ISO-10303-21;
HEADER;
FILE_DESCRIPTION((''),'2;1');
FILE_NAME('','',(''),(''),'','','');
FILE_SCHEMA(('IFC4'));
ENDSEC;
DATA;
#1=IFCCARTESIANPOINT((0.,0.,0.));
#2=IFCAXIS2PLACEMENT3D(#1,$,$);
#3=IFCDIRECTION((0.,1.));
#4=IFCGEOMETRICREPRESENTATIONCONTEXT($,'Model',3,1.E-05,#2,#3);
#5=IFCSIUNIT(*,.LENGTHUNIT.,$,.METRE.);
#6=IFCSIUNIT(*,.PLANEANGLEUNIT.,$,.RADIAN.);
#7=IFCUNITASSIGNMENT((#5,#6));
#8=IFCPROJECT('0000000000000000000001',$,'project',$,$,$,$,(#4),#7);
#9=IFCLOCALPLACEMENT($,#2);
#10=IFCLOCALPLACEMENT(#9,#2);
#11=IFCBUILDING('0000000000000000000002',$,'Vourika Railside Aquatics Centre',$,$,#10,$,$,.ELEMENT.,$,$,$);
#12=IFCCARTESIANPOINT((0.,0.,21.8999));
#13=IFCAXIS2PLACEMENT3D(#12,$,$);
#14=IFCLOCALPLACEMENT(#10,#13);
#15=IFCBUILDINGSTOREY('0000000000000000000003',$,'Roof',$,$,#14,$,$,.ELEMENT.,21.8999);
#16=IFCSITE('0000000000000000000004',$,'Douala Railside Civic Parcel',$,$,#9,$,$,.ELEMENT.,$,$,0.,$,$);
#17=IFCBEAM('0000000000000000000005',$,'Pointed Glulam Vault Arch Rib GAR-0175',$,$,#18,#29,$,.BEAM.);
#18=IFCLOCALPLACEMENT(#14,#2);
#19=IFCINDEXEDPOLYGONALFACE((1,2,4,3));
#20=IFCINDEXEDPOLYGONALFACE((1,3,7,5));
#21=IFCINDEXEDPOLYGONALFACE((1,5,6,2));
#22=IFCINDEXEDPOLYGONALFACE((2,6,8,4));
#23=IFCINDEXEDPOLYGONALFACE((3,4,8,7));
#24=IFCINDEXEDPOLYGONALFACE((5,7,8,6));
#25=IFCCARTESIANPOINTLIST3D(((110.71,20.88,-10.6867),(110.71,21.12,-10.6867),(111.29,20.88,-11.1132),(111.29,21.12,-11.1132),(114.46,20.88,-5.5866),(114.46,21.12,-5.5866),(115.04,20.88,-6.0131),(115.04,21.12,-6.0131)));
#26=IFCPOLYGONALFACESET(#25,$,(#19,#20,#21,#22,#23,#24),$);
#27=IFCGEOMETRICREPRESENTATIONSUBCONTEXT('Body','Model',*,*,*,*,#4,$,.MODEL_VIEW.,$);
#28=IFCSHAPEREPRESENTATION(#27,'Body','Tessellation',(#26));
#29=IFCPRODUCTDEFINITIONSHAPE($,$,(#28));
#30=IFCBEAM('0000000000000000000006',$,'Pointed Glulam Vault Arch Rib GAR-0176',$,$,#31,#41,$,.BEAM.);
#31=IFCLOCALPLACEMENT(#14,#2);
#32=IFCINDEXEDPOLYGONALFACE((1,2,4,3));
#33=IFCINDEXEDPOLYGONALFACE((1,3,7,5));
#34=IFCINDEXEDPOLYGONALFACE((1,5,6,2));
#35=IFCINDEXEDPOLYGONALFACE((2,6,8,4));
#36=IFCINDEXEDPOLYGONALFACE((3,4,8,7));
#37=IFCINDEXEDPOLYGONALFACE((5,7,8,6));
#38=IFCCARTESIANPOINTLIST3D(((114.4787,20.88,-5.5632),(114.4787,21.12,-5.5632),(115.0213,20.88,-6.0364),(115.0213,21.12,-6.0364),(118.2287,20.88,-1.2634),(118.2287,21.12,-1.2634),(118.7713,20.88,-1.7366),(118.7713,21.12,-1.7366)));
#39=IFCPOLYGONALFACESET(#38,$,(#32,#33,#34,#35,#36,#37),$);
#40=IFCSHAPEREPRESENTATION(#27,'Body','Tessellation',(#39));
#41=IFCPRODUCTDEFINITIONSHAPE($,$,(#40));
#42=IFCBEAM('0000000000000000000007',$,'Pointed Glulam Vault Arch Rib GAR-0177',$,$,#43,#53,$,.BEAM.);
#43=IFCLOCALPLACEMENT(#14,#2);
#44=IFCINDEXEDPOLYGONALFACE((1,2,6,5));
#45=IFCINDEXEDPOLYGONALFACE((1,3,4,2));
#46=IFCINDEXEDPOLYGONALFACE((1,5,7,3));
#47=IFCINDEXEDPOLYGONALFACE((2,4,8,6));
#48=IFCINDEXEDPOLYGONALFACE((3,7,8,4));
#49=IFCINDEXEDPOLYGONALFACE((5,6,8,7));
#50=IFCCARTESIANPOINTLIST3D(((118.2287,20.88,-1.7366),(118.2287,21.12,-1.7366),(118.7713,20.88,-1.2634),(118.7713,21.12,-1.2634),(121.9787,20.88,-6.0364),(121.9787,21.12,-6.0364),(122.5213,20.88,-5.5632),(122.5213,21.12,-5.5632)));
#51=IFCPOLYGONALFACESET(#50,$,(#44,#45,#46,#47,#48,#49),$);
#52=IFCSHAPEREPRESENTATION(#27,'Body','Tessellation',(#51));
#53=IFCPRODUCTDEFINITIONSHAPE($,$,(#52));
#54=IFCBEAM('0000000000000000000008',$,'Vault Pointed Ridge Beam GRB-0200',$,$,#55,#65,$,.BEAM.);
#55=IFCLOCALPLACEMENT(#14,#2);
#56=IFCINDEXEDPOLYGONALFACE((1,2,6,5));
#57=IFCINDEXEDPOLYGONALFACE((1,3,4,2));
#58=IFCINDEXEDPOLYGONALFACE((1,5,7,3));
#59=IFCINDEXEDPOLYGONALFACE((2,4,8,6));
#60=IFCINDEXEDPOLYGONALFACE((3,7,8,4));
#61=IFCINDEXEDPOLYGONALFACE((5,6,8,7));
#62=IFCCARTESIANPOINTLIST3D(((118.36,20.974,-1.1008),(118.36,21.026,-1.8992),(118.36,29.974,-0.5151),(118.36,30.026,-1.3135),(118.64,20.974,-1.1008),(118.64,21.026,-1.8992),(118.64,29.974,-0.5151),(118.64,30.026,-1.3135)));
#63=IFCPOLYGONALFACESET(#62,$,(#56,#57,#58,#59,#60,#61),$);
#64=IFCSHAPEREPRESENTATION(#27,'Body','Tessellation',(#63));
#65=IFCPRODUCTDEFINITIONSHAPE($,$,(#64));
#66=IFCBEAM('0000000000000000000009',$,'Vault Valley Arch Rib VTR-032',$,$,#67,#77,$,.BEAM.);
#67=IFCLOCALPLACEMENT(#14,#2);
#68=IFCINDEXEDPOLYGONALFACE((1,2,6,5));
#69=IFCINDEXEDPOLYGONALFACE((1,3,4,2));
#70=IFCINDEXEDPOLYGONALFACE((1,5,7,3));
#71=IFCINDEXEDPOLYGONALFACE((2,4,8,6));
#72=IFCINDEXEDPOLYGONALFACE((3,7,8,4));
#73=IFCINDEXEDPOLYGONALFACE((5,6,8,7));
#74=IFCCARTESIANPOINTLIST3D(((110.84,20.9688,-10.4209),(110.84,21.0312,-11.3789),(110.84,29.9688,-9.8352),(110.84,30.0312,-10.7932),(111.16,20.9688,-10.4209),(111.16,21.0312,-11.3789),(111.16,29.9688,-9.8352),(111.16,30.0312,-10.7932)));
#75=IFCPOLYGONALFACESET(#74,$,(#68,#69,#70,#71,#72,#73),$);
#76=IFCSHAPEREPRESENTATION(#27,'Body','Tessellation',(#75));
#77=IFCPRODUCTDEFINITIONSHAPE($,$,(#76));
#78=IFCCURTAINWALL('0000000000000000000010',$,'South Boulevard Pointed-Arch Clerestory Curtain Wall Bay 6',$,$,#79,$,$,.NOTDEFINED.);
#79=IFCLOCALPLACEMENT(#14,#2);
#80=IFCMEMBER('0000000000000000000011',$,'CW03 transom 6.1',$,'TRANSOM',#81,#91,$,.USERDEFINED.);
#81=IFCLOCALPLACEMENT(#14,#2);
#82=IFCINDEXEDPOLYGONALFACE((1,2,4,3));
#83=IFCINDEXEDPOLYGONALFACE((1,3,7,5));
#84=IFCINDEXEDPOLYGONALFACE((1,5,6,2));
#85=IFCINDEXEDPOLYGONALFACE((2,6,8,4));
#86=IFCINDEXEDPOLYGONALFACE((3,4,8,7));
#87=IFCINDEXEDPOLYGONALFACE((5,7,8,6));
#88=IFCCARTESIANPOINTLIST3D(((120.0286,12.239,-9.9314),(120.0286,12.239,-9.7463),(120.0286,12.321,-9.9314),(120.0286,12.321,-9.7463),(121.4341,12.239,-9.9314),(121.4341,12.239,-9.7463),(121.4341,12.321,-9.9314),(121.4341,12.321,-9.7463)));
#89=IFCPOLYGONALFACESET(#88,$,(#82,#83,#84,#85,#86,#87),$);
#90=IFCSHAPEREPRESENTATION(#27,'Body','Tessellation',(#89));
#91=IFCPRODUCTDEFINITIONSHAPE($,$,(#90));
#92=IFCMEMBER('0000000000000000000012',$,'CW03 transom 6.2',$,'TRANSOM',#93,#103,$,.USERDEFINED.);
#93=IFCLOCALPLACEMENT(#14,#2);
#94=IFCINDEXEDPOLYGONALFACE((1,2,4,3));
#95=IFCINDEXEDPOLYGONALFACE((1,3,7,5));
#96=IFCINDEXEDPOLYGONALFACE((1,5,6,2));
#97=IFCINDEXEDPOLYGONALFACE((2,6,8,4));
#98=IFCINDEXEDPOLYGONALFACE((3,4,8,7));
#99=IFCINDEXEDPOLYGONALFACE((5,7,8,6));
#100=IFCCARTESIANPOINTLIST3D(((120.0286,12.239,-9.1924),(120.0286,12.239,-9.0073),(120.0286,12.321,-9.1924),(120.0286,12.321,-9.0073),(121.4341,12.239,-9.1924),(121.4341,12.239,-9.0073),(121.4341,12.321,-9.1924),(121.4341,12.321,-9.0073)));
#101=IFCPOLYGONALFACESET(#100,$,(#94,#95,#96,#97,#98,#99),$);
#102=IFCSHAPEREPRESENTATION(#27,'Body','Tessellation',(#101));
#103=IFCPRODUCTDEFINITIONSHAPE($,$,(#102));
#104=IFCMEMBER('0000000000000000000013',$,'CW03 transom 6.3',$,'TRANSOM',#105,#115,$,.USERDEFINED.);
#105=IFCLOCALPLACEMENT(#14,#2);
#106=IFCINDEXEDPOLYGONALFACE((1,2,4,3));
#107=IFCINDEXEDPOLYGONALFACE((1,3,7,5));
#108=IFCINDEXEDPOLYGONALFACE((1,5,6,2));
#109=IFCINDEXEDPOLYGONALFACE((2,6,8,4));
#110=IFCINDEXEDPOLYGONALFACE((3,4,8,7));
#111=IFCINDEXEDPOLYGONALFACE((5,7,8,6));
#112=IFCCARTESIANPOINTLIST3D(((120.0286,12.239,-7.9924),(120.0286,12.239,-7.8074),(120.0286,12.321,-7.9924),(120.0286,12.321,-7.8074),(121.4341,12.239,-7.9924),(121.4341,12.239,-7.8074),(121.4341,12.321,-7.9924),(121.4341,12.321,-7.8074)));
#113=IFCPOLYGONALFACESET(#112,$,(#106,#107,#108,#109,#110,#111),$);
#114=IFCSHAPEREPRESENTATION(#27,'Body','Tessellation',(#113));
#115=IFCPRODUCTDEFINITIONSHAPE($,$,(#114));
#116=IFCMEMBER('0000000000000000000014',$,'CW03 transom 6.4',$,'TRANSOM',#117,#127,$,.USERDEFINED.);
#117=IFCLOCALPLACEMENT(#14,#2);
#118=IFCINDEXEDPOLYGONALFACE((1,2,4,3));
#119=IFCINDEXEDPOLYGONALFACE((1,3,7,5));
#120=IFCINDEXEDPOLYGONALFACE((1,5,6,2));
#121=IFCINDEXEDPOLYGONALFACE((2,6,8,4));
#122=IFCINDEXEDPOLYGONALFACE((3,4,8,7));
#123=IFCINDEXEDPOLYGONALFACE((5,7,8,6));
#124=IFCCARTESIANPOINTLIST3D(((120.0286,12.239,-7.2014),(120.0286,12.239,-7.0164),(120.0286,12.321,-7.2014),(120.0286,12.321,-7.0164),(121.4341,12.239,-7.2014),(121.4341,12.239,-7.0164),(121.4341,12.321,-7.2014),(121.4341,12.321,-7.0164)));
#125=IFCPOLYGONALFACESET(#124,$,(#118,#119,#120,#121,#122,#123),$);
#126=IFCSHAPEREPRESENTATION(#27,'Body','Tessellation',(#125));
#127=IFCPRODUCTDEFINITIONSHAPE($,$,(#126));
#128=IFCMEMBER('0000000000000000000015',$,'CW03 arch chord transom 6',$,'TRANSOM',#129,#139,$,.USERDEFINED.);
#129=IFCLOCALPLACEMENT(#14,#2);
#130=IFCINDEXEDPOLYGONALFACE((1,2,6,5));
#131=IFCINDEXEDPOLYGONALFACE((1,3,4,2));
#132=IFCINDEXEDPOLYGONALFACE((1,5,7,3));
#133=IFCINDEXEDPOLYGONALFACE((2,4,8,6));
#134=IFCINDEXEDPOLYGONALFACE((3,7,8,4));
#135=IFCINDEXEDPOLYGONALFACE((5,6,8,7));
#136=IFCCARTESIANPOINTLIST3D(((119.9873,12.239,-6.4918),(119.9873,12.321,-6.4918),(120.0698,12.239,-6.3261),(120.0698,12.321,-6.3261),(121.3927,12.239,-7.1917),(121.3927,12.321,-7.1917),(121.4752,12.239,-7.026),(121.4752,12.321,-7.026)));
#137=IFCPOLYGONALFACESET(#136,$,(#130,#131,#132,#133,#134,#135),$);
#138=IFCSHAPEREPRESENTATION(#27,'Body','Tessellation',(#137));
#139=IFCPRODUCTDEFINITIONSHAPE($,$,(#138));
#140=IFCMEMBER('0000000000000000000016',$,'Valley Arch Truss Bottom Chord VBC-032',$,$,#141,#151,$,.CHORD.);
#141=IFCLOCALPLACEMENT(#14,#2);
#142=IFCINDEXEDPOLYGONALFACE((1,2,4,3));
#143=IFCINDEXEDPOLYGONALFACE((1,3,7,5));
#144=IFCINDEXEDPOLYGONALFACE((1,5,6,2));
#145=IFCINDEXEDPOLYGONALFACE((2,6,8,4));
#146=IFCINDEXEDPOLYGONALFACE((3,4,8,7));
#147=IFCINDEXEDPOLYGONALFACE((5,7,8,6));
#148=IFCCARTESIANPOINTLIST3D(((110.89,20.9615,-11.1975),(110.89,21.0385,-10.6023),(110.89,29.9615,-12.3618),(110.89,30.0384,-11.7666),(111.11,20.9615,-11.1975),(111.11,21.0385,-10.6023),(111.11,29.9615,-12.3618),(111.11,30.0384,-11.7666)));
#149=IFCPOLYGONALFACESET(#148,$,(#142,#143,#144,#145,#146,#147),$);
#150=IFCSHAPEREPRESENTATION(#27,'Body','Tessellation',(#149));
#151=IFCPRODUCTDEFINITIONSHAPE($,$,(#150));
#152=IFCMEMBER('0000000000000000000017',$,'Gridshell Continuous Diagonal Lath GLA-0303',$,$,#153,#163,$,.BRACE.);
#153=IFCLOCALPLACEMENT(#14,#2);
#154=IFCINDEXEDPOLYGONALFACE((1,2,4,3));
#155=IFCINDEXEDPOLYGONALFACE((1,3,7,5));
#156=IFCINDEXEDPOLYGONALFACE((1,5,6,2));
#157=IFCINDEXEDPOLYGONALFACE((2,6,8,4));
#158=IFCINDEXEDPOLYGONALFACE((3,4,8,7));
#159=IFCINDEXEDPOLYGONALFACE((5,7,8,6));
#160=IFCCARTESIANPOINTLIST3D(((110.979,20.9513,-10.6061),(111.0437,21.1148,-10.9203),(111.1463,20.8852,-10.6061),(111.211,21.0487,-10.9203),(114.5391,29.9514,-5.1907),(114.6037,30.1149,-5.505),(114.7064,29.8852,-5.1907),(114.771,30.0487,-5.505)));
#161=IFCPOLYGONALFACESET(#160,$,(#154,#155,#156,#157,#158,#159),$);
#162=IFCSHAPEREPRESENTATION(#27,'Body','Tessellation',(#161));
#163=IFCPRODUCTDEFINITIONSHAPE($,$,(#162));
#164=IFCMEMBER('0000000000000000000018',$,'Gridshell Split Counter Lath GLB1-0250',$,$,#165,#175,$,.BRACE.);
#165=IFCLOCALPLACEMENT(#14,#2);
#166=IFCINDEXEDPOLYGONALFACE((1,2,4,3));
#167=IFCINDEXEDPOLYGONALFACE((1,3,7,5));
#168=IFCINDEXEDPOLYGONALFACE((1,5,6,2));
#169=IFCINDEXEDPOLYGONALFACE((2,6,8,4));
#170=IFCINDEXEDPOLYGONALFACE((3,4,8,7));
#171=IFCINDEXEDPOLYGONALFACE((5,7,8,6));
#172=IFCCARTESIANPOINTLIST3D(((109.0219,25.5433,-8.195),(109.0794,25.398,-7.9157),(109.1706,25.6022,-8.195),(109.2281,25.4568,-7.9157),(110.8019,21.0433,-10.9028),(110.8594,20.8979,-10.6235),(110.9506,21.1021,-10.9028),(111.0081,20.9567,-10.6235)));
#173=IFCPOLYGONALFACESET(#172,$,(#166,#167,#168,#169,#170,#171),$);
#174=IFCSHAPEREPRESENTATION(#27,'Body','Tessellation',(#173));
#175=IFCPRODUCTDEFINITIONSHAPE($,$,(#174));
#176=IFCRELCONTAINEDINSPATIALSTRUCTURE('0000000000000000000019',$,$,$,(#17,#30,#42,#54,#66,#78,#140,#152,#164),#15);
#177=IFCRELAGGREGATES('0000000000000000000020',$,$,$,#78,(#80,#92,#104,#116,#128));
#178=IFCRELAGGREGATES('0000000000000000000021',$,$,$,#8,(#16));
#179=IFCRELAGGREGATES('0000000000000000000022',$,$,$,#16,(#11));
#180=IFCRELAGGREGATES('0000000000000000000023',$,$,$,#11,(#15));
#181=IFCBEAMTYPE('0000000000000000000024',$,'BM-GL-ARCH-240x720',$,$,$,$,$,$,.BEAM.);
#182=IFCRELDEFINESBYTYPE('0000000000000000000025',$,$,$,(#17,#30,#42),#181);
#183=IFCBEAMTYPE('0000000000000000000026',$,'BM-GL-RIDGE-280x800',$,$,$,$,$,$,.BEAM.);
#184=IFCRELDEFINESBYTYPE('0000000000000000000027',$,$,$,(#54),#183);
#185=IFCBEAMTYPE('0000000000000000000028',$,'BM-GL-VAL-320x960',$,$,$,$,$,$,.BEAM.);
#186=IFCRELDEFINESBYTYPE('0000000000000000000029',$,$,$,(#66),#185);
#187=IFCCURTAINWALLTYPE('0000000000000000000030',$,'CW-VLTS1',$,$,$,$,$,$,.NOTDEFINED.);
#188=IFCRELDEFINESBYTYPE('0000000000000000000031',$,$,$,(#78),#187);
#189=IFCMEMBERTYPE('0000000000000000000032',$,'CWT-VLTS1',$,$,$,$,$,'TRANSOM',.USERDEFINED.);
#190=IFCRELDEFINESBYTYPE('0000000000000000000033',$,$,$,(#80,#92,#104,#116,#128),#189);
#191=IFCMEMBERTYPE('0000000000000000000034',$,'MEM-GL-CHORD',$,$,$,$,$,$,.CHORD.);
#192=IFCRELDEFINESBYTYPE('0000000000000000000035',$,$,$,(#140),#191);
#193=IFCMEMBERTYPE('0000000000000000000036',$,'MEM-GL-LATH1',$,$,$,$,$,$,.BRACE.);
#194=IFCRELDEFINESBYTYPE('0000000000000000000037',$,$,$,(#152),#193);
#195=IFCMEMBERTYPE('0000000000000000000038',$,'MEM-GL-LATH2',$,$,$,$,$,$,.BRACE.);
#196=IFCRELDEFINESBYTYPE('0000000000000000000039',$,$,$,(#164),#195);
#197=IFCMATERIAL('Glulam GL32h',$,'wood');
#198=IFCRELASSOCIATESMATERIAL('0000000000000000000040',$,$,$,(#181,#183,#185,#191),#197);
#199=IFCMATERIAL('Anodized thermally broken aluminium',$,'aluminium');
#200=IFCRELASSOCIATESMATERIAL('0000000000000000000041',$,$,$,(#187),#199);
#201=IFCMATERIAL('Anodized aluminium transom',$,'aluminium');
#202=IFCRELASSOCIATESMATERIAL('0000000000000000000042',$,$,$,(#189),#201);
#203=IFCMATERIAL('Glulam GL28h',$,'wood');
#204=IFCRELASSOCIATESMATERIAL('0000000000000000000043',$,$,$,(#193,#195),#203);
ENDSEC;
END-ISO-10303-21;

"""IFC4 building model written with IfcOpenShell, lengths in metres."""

from ifc_helpers import new_model, si_unit, direction, frame, origin, origin_2d, place, context, subcontext, project, spatial, rectangle, extrude, material, material_profile, profile_set, type_object, element, aggregate, save


model = new_model("IFC4")

# Units and contexts
model_context = context("Model", 3, precision=1e-05, world=origin(), true_north=direction((0.0, 1.0)))
body_context = subcontext(model_context, "Body", "Model", "MODEL_VIEW")
ifc_project = project(units=[si_unit("LENGTHUNIT", "METRE"), si_unit("PLANEANGLEUNIT", "RADIAN")], contexts=[model_context])

# Site, building, storey
site_placement = place(None, origin())
site = spatial("IfcSite", under=ifc_project, at=site_placement, Name="Douala Railside Civic Parcel", CompositionType="ELEMENT", RefElevation=0.0)
building_placement = place(site_placement, origin())
building = spatial("IfcBuilding", under=site, at=building_placement, Name="Vourika Railside Aquatics Centre", CompositionType="ELEMENT")
storey_placement = place(building_placement, frame((0.0, 0.0, 21.8999)))
storey = spatial("IfcBuildingStorey", under=building, at=storey_placement, Name="Roof", CompositionType="ELEMENT", Elevation=21.8999)

# Beams
ifc_material_1 = material(Name="Glulam GL32h", Category="wood")
ifc_material_profile_1 = material_profile(ifc_material_1, rectangle(XDim=0.24, YDim=0.72, at=origin_2d()), Name="GL32h 240x720")
ifc_profile_set_1 = profile_set([ifc_material_profile_1], Name="Glulam GL32h")
beam_type_1 = type_object("IfcBeamType", Name="BM-GL-ARCH-240x720", PredefinedType="BEAM", material=ifc_profile_set_1)
beam_1_placement = place(storey_placement, frame((111.0, 21.0, -10.8999), z_axis=(0.592383, 0.0, 0.805656), x_axis=(0.0, 1.0, 0.0)))
element("IfcBeam", 1, at=beam_1_placement, inside=storey, type_object=beam_type_1, Name="Pointed Glulam Vault Arch Rib GAR-0175", PredefinedType="BEAM", context=body_context, shape_type="SweptSolid", body=[
    extrude(rectangle(XDim=0.24, YDim=0.72, at=origin_2d()), origin(), (0.0, 0.0, 1.0), 6.3303),
])
for number, where, z_axis, x_axis, name in (
    (2, (114.75, 21.0, -5.7998), (0.65728, 0.0, 0.753647), (0.0, 1.0, 0.0), "Pointed Glulam Vault Arch Rib GAR-0176"),
    (3, (118.5, 21.0, -1.5), (0.65728, 0.0, -0.753647), (0.0, 1.0, 0.0), "Pointed Glulam Vault Arch Rib GAR-0177"),
):
    element("IfcBeam", number, at=place(storey_placement, frame(where, z_axis=z_axis, x_axis=x_axis)), inside=storey, type_object=beam_type_1, Name=name, PredefinedType="BEAM", context=body_context, shape_type="SweptSolid", body=[
        extrude(rectangle(XDim=0.24, YDim=0.72, at=origin_2d()), origin(), (0.0, 0.0, 1.0), 5.7053),
    ])
ifc_material_profile_2 = material_profile(ifc_material_1, rectangle(XDim=0.28, YDim=0.8, at=origin_2d()), Name="GL32h 280x800")
ifc_profile_set_2 = profile_set([ifc_material_profile_2], Name="Glulam GL32h")
beam_type_2 = type_object("IfcBeamType", Name="BM-GL-RIDGE-280x800", PredefinedType="BEAM", material=ifc_profile_set_2)
beam_2_placement = place(storey_placement, frame((118.5, 21.0, -1.5), z_axis=(0.0, 0.997889, 0.06494), x_axis=(-1.0, 0.0, 0.0)))
element("IfcBeam", 4, at=beam_2_placement, inside=storey, type_object=beam_type_2, Name="Vault Pointed Ridge Beam GRB-0200", PredefinedType="BEAM", context=body_context, shape_type="SweptSolid", body=[
    extrude(rectangle(XDim=0.28, YDim=0.8, at=origin_2d()), origin(), (0.0, 0.0, 1.0), 9.019),
])
ifc_material_profile_3 = material_profile(ifc_material_1, rectangle(XDim=0.3201, YDim=0.96, at=origin_2d()), Name="GL32h 320x960")
ifc_profile_set_3 = profile_set([ifc_material_profile_3], Name="Glulam GL32h")
beam_type_3 = type_object("IfcBeamType", Name="BM-GL-VAL-320x960", PredefinedType="BEAM", material=ifc_profile_set_3)
beam_3_placement = place(storey_placement, frame((111.0, 21.0, -10.8999), z_axis=(0.0, 0.997889, 0.06494), x_axis=(-1.0, 0.0, 0.0)))
element("IfcBeam", 5, at=beam_3_placement, inside=storey, type_object=beam_type_3, Name="Vault Valley Arch Rib VTR-032", PredefinedType="BEAM", context=body_context, shape_type="SweptSolid", body=[
    extrude(rectangle(XDim=0.3201, YDim=0.96, at=origin_2d()), origin(), (0.0, 0.0, 1.0), 9.019),
])

# Curtain wall, members
ifc_material_2 = material(Name="Anodized thermally broken aluminium", Category="aluminium")
curtain_wall_type = type_object("IfcCurtainWallType", Name="CW-VLTS1", PredefinedType="NOTDEFINED", material=ifc_material_2)
curtain_wall_placement = place(storey_placement, origin())
curtain_wall = element("IfcCurtainWall", 6, at=curtain_wall_placement, inside=storey, type_object=curtain_wall_type, Name="South Boulevard Pointed-Arch Clerestory Curtain Wall Bay 6", PredefinedType="NOTDEFINED")
ifc_material_3 = material(Name="Anodized aluminium transom", Category="aluminium")
ifc_material_profile_4 = material_profile(ifc_material_3, rectangle(XDim=0.082, YDim=0.1851, at=origin_2d()), Name="ALU-T 82x185")
ifc_profile_set_4 = profile_set([ifc_material_profile_4], Name="Anodized aluminium transom")
member_type_1 = type_object("IfcMemberType", Name="CWT-VLTS1", ElementType="TRANSOM", PredefinedType="USERDEFINED", material=ifc_profile_set_4)
member_1_placement = place(storey_placement, frame((120.0286, 12.28, -9.8389), z_axis=(1.0, 0.0, 0.0), x_axis=(0.0, 1.0, 0.0)))
member_1 = element("IfcMember", 7, at=member_1_placement, type_object=member_type_1, Name="CW03 transom 6.1", ObjectType="TRANSOM", PredefinedType="USERDEFINED", context=body_context, shape_type="SweptSolid", body=[
    extrude(rectangle(XDim=0.082, YDim=0.1851, at=origin_2d()), origin(), (0.0, 0.0, 1.0), 1.4055),
])
member_2_placement = place(storey_placement, frame((120.0286, 12.28, -9.0999), z_axis=(1.0, 0.0, 0.0), x_axis=(0.0, 1.0, 0.0)))
member_2 = element("IfcMember", 8, at=member_2_placement, type_object=member_type_1, Name="CW03 transom 6.2", ObjectType="TRANSOM", PredefinedType="USERDEFINED", context=body_context, shape_type="SweptSolid", body=[
    extrude(rectangle(XDim=0.082, YDim=0.1851, at=origin_2d()), origin(), (0.0, 0.0, 1.0), 1.4055),
])
member_3_placement = place(storey_placement, frame((120.0286, 12.28, -7.8999), z_axis=(1.0, 0.0, 0.0), x_axis=(0.0, 1.0, 0.0)))
member_3 = element("IfcMember", 9, at=member_3_placement, type_object=member_type_1, Name="CW03 transom 6.3", ObjectType="TRANSOM", PredefinedType="USERDEFINED", context=body_context, shape_type="SweptSolid", body=[
    extrude(rectangle(XDim=0.082, YDim=0.1851, at=origin_2d()), origin(), (0.0, 0.0, 1.0), 1.4055),
])
member_4_placement = place(storey_placement, frame((120.0286, 12.28, -7.1089), z_axis=(1.0, 0.0, 0.0), x_axis=(0.0, 1.0, 0.0)))
member_4 = element("IfcMember", 10, at=member_4_placement, type_object=member_type_1, Name="CW03 transom 6.4", ObjectType="TRANSOM", PredefinedType="USERDEFINED", context=body_context, shape_type="SweptSolid", body=[
    extrude(rectangle(XDim=0.082, YDim=0.1851, at=origin_2d()), origin(), (0.0, 0.0, 1.0), 1.4055),
])
member_5_placement = place(storey_placement, frame((120.0286, 12.28, -6.4089), z_axis=(0.895141, 0.0, -0.445783), x_axis=(0.0, 1.0, 0.0)))
member_5 = element("IfcMember", 11, at=member_5_placement, type_object=member_type_1, Name="CW03 arch chord transom 6", ObjectType="TRANSOM", PredefinedType="USERDEFINED", context=body_context, shape_type="SweptSolid", body=[
    extrude(rectangle(XDim=0.082, YDim=0.1851, at=origin_2d()), origin(), (0.0, 0.0, 1.0), 1.5701),
])
aggregate(curtain_wall, [member_1, member_2, member_3, member_4, member_5])

# Members
ifc_material_profile_5 = material_profile(ifc_material_1, rectangle(XDim=0.22, YDim=0.6001, at=origin_2d()), Name="GL32h 220x600")
ifc_profile_set_5 = profile_set([ifc_material_profile_5], Name="Glulam GL32h")
member_type_2 = type_object("IfcMemberType", Name="MEM-GL-CHORD", PredefinedType="CHORD", material=ifc_profile_set_5)
member_6_placement = place(storey_placement, frame((111.0, 21.0, -10.8999), z_axis=(0.0, 0.991736, -0.128298), x_axis=(-1.0, 0.0, 0.0)))
element("IfcMember", 12, at=member_6_placement, inside=storey, type_object=member_type_2, Name="Valley Arch Truss Bottom Chord VBC-032", PredefinedType="CHORD", context=body_context, shape_type="SweptSolid", body=[
    extrude(rectangle(XDim=0.22, YDim=0.6001, at=origin_2d()), origin(), (0.0, 0.0, 1.0), 9.075),
])
ifc_material_4 = material(Name="Glulam GL28h", Category="wood")
ifc_material_profile_6 = material_profile(ifc_material_4, rectangle(XDim=0.1799, YDim=0.3601, at=origin_2d()), Name="GL28h 180x360")
ifc_profile_set_6 = profile_set([ifc_material_profile_6], Name="Glulam GL28h")
member_type_3 = type_object("IfcMemberType", Name="MEM-GL-LATH1", PredefinedType="BRACE", material=ifc_profile_set_6)
member_7_placement = place(storey_placement, frame((111.095, 21.0, -10.7632), z_axis=(0.321001, 0.811505, 0.488281), x_axis=(-0.929893, 0.36783, 0.0)))
element("IfcMember", 13, at=member_7_placement, inside=storey, type_object=member_type_3, Name="Gridshell Continuous Diagonal Lath GLA-0303", PredefinedType="BRACE", context=body_context, shape_type="SweptSolid", body=[
    extrude(rectangle(XDim=0.1799, YDim=0.3601, at=origin_2d()), origin(), (0.0, 0.0, 1.0), 11.0906),
])
ifc_material_profile_7 = material_profile(ifc_material_4, rectangle(XDim=0.1599, YDim=0.3201, at=origin_2d()), Name="GL28h 160x320")
ifc_profile_set_7 = profile_set([ifc_material_profile_7], Name="Glulam GL28h")
member_type_4 = type_object("IfcMemberType", Name="MEM-GL-LATH2", PredefinedType="BRACE", material=ifc_profile_set_7)
member_8_placement = place(storey_placement, frame((110.905, 21.0, -10.7632), z_axis=(-0.320997, 0.811496, 0.488298), x_axis=(-0.929893, -0.36783, 0.0)))
element("IfcMember", 14, at=member_8_placement, inside=storey, type_object=member_type_4, Name="Gridshell Split Counter Lath GLB1-0250", PredefinedType="BRACE", context=body_context, shape_type="SweptSolid", body=[
    extrude(rectangle(XDim=0.1599, YDim=0.3201, at=origin_2d()), origin(), (0.0, 0.0, 1.0), 5.5454),
])

save(model, "model.ifc")
